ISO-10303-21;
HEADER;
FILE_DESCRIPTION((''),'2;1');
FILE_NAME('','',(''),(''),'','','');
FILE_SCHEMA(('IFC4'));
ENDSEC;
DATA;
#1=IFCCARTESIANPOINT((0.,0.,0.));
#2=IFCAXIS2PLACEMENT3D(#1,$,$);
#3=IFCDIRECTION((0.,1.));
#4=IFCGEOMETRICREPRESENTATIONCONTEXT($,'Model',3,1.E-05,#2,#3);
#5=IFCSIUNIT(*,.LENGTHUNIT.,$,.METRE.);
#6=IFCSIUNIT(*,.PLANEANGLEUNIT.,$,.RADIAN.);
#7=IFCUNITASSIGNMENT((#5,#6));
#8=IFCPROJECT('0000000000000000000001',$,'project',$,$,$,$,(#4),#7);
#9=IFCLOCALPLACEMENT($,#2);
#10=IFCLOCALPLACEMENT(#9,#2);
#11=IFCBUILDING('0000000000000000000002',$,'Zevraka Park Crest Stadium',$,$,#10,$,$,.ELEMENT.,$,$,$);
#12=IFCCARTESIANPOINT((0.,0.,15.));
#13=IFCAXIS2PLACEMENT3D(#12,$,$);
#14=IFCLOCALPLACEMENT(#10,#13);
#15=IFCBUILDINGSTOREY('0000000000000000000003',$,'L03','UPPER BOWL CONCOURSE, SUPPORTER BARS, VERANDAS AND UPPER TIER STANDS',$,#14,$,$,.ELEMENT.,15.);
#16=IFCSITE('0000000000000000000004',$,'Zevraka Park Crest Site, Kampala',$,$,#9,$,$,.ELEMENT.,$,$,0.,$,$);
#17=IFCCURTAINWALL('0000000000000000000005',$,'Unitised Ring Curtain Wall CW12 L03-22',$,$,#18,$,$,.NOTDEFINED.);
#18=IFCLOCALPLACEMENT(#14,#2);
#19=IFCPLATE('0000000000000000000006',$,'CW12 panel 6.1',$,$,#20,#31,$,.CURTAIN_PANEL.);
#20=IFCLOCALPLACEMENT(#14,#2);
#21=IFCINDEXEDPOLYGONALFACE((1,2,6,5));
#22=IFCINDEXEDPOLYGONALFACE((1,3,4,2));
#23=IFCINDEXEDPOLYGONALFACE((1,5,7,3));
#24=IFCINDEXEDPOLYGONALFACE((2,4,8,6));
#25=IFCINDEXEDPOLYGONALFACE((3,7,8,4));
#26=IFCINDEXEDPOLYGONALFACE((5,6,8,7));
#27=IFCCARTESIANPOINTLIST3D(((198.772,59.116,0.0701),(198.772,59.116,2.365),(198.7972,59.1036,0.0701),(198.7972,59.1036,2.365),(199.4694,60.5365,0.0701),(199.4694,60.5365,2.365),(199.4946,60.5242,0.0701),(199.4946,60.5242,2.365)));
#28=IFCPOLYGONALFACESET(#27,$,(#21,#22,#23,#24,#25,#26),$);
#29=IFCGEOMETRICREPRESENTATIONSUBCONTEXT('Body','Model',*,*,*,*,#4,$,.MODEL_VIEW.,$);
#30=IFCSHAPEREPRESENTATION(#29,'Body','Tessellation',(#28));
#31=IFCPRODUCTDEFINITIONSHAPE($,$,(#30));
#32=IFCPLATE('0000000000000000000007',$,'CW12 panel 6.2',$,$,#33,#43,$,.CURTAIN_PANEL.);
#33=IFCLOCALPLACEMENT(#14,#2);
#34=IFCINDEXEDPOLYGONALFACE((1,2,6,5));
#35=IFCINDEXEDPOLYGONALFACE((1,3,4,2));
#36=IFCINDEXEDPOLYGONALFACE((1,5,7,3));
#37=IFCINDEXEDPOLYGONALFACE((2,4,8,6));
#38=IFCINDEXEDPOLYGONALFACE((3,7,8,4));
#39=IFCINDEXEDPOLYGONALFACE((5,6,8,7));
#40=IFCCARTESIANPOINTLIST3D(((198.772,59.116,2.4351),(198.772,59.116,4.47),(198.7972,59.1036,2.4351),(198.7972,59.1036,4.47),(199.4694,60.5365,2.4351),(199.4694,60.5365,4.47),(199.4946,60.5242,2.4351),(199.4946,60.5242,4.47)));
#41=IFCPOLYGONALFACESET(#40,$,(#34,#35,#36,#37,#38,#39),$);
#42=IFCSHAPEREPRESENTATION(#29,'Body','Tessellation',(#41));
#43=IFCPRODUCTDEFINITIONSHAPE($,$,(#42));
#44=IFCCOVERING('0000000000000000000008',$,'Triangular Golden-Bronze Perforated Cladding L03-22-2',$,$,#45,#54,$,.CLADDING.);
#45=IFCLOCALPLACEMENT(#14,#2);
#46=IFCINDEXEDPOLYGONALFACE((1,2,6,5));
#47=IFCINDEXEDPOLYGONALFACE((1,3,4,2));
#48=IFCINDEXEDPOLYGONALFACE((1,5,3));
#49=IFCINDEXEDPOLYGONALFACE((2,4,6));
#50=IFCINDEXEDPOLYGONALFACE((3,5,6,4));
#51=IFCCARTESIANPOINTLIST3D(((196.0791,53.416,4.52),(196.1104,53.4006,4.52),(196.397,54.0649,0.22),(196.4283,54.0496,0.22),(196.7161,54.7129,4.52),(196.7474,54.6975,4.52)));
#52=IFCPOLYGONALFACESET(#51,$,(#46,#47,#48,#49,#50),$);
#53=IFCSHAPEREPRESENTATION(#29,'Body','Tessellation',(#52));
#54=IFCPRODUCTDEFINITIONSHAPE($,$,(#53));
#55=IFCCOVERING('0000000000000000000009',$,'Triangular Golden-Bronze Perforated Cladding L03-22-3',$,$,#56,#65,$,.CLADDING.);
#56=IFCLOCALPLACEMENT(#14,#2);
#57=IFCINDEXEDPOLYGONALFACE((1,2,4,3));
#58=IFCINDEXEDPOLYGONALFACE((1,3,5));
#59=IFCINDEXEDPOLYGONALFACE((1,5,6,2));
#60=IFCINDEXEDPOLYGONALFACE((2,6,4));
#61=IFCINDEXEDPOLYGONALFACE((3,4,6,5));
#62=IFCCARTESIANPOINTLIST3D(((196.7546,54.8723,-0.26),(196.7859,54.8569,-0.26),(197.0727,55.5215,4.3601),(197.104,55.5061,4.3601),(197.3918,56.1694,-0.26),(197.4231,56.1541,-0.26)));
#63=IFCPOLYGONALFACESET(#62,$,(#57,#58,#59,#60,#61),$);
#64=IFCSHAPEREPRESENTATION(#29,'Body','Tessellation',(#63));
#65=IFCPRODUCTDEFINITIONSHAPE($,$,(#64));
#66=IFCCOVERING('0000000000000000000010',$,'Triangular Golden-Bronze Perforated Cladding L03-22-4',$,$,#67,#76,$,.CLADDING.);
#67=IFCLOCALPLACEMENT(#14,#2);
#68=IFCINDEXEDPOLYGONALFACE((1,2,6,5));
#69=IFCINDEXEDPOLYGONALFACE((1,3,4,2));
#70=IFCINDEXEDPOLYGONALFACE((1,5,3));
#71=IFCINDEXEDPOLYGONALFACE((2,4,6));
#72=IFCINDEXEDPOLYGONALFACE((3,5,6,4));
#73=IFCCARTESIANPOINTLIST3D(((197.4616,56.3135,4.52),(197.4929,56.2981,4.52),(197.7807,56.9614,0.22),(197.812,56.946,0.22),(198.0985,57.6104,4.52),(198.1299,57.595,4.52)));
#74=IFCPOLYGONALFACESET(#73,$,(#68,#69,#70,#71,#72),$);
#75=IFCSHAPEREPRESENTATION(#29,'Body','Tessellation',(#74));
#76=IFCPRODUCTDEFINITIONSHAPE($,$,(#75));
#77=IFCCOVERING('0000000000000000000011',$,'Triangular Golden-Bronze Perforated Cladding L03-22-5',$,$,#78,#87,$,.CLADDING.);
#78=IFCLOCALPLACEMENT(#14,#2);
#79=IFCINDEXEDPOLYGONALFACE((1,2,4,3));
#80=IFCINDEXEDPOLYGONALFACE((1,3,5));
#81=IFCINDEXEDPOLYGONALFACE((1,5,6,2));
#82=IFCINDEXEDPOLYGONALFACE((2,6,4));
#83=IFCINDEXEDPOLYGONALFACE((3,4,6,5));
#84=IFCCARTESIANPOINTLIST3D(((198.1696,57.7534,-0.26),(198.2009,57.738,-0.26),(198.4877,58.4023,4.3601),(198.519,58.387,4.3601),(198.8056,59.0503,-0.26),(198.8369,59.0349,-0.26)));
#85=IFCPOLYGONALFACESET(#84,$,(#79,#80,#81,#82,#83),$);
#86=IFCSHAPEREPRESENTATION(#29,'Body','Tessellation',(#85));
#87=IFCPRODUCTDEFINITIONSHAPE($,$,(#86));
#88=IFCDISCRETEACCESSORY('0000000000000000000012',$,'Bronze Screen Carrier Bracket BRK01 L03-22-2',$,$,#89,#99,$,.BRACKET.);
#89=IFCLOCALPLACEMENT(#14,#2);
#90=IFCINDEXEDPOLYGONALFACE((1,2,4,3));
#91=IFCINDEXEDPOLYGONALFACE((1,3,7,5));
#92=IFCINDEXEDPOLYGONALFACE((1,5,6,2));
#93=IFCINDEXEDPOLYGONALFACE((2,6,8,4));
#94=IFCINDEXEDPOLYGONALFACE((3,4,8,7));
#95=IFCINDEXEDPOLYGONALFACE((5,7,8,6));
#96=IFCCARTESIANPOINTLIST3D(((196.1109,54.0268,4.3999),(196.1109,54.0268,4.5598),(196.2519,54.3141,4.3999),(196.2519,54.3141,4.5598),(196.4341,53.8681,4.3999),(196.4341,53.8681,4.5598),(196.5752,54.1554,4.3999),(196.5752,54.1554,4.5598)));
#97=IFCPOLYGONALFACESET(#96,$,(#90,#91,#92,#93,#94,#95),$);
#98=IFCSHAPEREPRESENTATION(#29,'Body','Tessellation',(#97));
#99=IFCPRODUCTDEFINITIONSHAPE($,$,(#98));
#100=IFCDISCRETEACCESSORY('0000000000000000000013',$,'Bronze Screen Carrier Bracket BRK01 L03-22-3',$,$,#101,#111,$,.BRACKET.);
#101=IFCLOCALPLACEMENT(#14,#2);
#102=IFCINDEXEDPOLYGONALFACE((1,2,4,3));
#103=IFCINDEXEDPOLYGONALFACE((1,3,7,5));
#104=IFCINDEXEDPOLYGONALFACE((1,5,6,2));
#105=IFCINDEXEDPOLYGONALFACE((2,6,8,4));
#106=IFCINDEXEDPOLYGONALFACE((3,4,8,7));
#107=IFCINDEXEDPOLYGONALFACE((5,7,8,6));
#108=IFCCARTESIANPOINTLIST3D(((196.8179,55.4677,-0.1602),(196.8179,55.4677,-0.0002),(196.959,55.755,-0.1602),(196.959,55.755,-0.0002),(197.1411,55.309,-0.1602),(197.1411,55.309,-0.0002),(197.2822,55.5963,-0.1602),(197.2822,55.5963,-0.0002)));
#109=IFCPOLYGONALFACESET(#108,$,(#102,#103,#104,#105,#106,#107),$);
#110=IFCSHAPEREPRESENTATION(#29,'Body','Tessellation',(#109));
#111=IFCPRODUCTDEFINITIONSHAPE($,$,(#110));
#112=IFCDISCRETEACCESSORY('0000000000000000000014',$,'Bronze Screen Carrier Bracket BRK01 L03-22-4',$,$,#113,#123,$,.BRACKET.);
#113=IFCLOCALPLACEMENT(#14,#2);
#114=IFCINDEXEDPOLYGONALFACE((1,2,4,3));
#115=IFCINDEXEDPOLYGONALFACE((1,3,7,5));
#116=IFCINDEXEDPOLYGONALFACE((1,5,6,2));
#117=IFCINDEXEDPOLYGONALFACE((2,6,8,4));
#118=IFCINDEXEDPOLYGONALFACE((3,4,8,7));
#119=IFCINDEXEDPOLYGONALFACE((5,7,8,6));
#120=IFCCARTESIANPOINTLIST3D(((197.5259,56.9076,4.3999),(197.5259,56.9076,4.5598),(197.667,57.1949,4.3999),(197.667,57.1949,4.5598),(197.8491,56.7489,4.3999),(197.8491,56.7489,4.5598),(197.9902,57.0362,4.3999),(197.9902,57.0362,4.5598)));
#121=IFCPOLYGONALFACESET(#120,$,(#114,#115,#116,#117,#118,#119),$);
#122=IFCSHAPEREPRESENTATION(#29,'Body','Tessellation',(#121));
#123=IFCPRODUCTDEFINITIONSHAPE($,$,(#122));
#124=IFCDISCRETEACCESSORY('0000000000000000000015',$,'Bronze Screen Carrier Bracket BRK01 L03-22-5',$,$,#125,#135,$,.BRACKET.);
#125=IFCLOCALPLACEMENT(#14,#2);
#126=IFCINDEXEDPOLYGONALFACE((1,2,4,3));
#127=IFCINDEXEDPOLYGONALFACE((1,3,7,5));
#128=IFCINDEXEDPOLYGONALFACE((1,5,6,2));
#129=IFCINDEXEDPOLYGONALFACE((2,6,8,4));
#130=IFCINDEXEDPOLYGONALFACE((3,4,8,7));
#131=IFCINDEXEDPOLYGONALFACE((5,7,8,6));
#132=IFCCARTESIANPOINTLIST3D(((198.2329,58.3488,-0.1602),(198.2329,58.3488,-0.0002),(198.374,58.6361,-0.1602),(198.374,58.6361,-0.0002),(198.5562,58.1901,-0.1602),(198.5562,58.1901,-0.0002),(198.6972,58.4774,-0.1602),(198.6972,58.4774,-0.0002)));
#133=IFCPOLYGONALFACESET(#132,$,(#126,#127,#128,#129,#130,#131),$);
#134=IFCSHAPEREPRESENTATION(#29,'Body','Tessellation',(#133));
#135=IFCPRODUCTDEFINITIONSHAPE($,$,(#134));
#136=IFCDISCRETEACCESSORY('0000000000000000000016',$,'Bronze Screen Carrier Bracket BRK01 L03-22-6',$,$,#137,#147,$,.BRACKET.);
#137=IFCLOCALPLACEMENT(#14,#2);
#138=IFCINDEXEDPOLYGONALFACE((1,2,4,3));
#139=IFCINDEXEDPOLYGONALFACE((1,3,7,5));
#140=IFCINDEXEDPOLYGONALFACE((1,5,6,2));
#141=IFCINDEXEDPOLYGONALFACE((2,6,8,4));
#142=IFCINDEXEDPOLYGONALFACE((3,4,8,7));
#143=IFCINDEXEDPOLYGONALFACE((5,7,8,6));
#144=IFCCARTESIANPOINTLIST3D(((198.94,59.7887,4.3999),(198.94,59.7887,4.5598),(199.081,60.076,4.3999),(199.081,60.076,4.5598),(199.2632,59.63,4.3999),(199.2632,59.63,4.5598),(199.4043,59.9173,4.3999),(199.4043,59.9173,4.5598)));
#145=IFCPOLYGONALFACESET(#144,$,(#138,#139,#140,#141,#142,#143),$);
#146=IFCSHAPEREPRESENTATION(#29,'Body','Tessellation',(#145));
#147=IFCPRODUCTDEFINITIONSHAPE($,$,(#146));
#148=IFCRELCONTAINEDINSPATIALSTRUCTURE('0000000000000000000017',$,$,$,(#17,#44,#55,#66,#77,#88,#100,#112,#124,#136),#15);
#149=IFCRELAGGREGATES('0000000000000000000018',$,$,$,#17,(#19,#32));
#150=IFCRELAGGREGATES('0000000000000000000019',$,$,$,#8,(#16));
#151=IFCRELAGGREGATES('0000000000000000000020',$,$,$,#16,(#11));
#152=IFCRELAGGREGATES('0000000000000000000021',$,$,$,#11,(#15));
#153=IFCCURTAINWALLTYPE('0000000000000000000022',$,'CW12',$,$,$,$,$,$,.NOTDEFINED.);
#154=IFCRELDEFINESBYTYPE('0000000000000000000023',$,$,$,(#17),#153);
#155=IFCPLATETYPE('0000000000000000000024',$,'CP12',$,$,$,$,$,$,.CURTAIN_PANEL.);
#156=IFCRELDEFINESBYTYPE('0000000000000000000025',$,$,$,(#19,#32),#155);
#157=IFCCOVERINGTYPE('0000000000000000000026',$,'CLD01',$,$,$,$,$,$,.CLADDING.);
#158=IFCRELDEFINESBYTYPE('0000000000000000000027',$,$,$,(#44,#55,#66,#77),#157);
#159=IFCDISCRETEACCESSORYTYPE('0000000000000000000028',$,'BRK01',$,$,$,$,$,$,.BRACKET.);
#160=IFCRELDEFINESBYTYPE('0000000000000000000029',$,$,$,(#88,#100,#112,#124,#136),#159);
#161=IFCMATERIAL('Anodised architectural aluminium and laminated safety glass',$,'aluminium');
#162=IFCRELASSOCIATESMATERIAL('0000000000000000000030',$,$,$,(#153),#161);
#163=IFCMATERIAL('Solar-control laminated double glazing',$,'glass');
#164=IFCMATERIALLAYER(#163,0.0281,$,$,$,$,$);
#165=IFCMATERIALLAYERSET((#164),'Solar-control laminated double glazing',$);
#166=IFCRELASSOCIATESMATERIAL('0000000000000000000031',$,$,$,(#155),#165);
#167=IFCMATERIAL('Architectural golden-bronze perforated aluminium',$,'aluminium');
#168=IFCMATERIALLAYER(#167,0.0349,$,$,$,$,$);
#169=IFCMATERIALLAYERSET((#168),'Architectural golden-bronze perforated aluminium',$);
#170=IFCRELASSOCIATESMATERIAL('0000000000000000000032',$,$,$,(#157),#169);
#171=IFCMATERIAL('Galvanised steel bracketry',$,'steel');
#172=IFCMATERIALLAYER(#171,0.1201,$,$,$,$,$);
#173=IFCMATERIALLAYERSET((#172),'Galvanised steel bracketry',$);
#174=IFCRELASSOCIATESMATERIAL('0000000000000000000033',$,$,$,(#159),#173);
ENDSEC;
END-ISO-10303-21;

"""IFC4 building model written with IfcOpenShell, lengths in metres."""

from ifc_helpers import new_model, si_unit, direction, frame, origin, origin_2d, place, context, subcontext, project, spatial, polyline, rectangle, outline, extrude, material, layer, layer_set, type_object, element, aggregate, save


model = new_model("IFC4")

# Units and contexts
model_context = context("Model", 3, precision=1e-05, world=origin(), true_north=direction((0.0, 1.0)))
body_context = subcontext(model_context, "Body", "Model", "MODEL_VIEW")
ifc_project = project(units=[si_unit("LENGTHUNIT", "METRE"), si_unit("PLANEANGLEUNIT", "RADIAN")], contexts=[model_context])

# Site, building, storey
site_placement = place(None, origin())
site = spatial("IfcSite", under=ifc_project, at=site_placement, Name="Zevraka Park Crest Site, Kampala", CompositionType="ELEMENT", RefElevation=0.0)
building_placement = place(site_placement, origin())
building = spatial("IfcBuilding", under=site, at=building_placement, Name="Zevraka Park Crest Stadium", CompositionType="ELEMENT")
storey_placement = place(building_placement, frame((0.0, 0.0, 15.0)))
storey = spatial("IfcBuildingStorey", under=building, at=storey_placement, Name="L03", Description="UPPER BOWL CONCOURSE, SUPPORTER BARS, VERANDAS AND UPPER TIER STANDS", CompositionType="ELEMENT", Elevation=15.0)

# Curtain wall
ifc_material_1 = material(Name="Anodised architectural aluminium and laminated safety glass", Category="aluminium")
curtain_wall_type = type_object("IfcCurtainWallType", Name="CW12", PredefinedType="NOTDEFINED", material=ifc_material_1)
curtain_wall_placement = place(storey_placement, origin())
curtain_wall = element("IfcCurtainWall", 1, at=curtain_wall_placement, inside=storey, type_object=curtain_wall_type, Name="Unitised Ring Curtain Wall CW12 L03-22", PredefinedType="NOTDEFINED")

# Plates
ifc_material_2 = material(Name="Solar-control laminated double glazing", Category="glass")
ifc_layer_1 = layer(ifc_material_2, 0.0281)
ifc_layer_set_1 = layer_set([ifc_layer_1], Name="Solar-control laminated double glazing")
plate_type = type_object("IfcPlateType", Name="CP12", PredefinedType="CURTAIN_PANEL", material=ifc_layer_set_1)
plate_1_placement = place(storey_placement, frame((199.1333, 59.8201, 0.0701), z_axis=(0.0, 0.0, 1.0), x_axis=(0.440666, 0.897671, 0.0)))
plate_1 = element("IfcPlate", 2, at=plate_1_placement, type_object=plate_type, Name="CW12 panel 6.1", PredefinedType="CURTAIN_PANEL", context=body_context, shape_type="SweptSolid", body=[
    extrude(rectangle(XDim=1.5825, YDim=0.0281, at=origin_2d()), origin(), (0.0, 0.0, 1.0), 2.2949),
])
plate_2_placement = place(storey_placement, frame((199.1333, 59.8201, 2.4351), z_axis=(0.0, 0.0, 1.0), x_axis=(0.440666, 0.897671, 0.0)))
plate_2 = element("IfcPlate", 3, at=plate_2_placement, type_object=plate_type, Name="CW12 panel 6.2", PredefinedType="CURTAIN_PANEL", context=body_context, shape_type="SweptSolid", body=[
    extrude(rectangle(XDim=1.5825, YDim=0.0281, at=origin_2d()), origin(), (0.0, 0.0, 1.0), 2.0349),
])
aggregate(curtain_wall, [plate_1, plate_2])

# Coverings
ifc_material_3 = material(Name="Architectural golden-bronze perforated aluminium", Category="aluminium")
ifc_layer_2 = layer(ifc_material_3, 0.0349)
ifc_layer_set_2 = layer_set([ifc_layer_2], Name="Architectural golden-bronze perforated aluminium")
covering_type = type_object("IfcCoveringType", Name="CLD01", PredefinedType="CLADDING", material=ifc_layer_set_2)
covering_1_placement = place(storey_placement, frame((196.7161, 54.7129, 4.52), z_axis=(-0.897581, 0.440849, 0.000177), x_axis=(-0.440849, -0.897581, 0.0)))
element("IfcCovering", 4, at=covering_1_placement, inside=storey, type_object=covering_type, Name="Triangular Golden-Bronze Perforated Cladding L03-22-2", PredefinedType="CLADDING", context=body_context, shape_type="SweptSolid", body=[
    extrude(outline(polyline([(0.0, 0.0), (1.4449, 0.0), (0.7223, -4.3), (0.0, 0.0)])), origin(), (0.0, 0.0, -1.0), 0.0349),
])
covering_2_placement = place(storey_placement, frame((196.7859, 54.8569, -0.26), z_axis=(0.897547, -0.440918, 0.000153), x_axis=(0.440918, 0.897547, 0.0)))
element("IfcCovering", 5, at=covering_2_placement, inside=storey, type_object=covering_type, Name="Triangular Golden-Bronze Perforated Cladding L03-22-3", PredefinedType="CLADDING", context=body_context, shape_type="SweptSolid", body=[
    extrude(outline(polyline([(0.0, 0.0), (1.4452, 0.0), (0.7229, 4.6201), (0.0, 0.0)])), origin(), (0.0, 0.0, -1.0), 0.0349),
])
covering_3_placement = place(storey_placement, frame((198.1299, 57.595, 4.52), z_axis=(0.897581, -0.440849, 0.000177), x_axis=(-0.440849, -0.897581, 0.0)))
element("IfcCovering", 6, at=covering_3_placement, inside=storey, type_object=covering_type, Name="Triangular Golden-Bronze Perforated Cladding L03-22-4", PredefinedType="CLADDING", context=body_context, shape_type="SweptSolid", body=[
    extrude(outline(polyline([(0.0, 0.0), (1.4449, 0.0), (0.7226, 4.3), (0.0, 0.0)])), origin(), (0.0, 0.0, -1.0), 0.0349),
])
covering_4_placement = place(storey_placement, frame((198.2009, 57.738, -0.26), z_axis=(0.897849, -0.440304, 0.000023), x_axis=(0.440304, 0.897849, 0.0)))
element("IfcCovering", 7, at=covering_4_placement, inside=storey, type_object=covering_type, Name="Triangular Golden-Bronze Perforated Cladding L03-22-5", PredefinedType="CLADDING", context=body_context, shape_type="SweptSolid", body=[
    extrude(outline(polyline([(0.0, 0.0), (1.4444, 0.0), (0.7227, 4.6201), (0.0, 0.0)])), origin(), (0.0, 0.0, -1.0), 0.0349),
])

# Discrete accessories
ifc_material_4 = material(Name="Galvanised steel bracketry", Category="steel")
ifc_layer_3 = layer(ifc_material_4, 0.1201)
ifc_layer_set_3 = layer_set([ifc_layer_3], Name="Galvanised steel bracketry")
discrete_accessory_type = type_object("IfcDiscreteAccessoryType", Name="BRK01", PredefinedType="BRACKET", material=ifc_layer_set_3)
for number, where, z_axis, x_axis, name in (
    (8, (196.343, 54.0911, 4.3999), (0.0, 0.0, 1.0), (0.440723, 0.897643, 0.0), "Bronze Screen Carrier Bracket BRK01 L03-22-2"),
    (9, (197.05, 55.532, -0.1602), (0.0, 0.0, 1.0), (0.440723, 0.897643, 0.0), "Bronze Screen Carrier Bracket BRK01 L03-22-3"),
    (10, (197.7581, 56.9719, 4.3999), (0.0, 0.0, 1.0), (0.440723, 0.897643, 0.0), "Bronze Screen Carrier Bracket BRK01 L03-22-4"),
    (11, (198.4651, 58.4131, -0.1602), (0.0, 0.0, 1.0), (0.440723, 0.897643, 0.0), "Bronze Screen Carrier Bracket BRK01 L03-22-5"),
    (12, (199.1721, 59.853, 4.3999), (0.0, 0.0, 1.0), (0.440723, 0.897643, 0.0), "Bronze Screen Carrier Bracket BRK01 L03-22-6"),
):
    element("IfcDiscreteAccessory", number, at=place(storey_placement, frame(where, z_axis=z_axis, x_axis=x_axis)), inside=storey, type_object=discrete_accessory_type, Name=name, PredefinedType="BRACKET", context=body_context, shape_type="SweptSolid", body=[
        extrude(rectangle(XDim=0.3201, YDim=0.3601, at=origin_2d()), origin(), (0.0, 0.0, 1.0), 0.1599),
    ])

save(model, "model.ifc")
